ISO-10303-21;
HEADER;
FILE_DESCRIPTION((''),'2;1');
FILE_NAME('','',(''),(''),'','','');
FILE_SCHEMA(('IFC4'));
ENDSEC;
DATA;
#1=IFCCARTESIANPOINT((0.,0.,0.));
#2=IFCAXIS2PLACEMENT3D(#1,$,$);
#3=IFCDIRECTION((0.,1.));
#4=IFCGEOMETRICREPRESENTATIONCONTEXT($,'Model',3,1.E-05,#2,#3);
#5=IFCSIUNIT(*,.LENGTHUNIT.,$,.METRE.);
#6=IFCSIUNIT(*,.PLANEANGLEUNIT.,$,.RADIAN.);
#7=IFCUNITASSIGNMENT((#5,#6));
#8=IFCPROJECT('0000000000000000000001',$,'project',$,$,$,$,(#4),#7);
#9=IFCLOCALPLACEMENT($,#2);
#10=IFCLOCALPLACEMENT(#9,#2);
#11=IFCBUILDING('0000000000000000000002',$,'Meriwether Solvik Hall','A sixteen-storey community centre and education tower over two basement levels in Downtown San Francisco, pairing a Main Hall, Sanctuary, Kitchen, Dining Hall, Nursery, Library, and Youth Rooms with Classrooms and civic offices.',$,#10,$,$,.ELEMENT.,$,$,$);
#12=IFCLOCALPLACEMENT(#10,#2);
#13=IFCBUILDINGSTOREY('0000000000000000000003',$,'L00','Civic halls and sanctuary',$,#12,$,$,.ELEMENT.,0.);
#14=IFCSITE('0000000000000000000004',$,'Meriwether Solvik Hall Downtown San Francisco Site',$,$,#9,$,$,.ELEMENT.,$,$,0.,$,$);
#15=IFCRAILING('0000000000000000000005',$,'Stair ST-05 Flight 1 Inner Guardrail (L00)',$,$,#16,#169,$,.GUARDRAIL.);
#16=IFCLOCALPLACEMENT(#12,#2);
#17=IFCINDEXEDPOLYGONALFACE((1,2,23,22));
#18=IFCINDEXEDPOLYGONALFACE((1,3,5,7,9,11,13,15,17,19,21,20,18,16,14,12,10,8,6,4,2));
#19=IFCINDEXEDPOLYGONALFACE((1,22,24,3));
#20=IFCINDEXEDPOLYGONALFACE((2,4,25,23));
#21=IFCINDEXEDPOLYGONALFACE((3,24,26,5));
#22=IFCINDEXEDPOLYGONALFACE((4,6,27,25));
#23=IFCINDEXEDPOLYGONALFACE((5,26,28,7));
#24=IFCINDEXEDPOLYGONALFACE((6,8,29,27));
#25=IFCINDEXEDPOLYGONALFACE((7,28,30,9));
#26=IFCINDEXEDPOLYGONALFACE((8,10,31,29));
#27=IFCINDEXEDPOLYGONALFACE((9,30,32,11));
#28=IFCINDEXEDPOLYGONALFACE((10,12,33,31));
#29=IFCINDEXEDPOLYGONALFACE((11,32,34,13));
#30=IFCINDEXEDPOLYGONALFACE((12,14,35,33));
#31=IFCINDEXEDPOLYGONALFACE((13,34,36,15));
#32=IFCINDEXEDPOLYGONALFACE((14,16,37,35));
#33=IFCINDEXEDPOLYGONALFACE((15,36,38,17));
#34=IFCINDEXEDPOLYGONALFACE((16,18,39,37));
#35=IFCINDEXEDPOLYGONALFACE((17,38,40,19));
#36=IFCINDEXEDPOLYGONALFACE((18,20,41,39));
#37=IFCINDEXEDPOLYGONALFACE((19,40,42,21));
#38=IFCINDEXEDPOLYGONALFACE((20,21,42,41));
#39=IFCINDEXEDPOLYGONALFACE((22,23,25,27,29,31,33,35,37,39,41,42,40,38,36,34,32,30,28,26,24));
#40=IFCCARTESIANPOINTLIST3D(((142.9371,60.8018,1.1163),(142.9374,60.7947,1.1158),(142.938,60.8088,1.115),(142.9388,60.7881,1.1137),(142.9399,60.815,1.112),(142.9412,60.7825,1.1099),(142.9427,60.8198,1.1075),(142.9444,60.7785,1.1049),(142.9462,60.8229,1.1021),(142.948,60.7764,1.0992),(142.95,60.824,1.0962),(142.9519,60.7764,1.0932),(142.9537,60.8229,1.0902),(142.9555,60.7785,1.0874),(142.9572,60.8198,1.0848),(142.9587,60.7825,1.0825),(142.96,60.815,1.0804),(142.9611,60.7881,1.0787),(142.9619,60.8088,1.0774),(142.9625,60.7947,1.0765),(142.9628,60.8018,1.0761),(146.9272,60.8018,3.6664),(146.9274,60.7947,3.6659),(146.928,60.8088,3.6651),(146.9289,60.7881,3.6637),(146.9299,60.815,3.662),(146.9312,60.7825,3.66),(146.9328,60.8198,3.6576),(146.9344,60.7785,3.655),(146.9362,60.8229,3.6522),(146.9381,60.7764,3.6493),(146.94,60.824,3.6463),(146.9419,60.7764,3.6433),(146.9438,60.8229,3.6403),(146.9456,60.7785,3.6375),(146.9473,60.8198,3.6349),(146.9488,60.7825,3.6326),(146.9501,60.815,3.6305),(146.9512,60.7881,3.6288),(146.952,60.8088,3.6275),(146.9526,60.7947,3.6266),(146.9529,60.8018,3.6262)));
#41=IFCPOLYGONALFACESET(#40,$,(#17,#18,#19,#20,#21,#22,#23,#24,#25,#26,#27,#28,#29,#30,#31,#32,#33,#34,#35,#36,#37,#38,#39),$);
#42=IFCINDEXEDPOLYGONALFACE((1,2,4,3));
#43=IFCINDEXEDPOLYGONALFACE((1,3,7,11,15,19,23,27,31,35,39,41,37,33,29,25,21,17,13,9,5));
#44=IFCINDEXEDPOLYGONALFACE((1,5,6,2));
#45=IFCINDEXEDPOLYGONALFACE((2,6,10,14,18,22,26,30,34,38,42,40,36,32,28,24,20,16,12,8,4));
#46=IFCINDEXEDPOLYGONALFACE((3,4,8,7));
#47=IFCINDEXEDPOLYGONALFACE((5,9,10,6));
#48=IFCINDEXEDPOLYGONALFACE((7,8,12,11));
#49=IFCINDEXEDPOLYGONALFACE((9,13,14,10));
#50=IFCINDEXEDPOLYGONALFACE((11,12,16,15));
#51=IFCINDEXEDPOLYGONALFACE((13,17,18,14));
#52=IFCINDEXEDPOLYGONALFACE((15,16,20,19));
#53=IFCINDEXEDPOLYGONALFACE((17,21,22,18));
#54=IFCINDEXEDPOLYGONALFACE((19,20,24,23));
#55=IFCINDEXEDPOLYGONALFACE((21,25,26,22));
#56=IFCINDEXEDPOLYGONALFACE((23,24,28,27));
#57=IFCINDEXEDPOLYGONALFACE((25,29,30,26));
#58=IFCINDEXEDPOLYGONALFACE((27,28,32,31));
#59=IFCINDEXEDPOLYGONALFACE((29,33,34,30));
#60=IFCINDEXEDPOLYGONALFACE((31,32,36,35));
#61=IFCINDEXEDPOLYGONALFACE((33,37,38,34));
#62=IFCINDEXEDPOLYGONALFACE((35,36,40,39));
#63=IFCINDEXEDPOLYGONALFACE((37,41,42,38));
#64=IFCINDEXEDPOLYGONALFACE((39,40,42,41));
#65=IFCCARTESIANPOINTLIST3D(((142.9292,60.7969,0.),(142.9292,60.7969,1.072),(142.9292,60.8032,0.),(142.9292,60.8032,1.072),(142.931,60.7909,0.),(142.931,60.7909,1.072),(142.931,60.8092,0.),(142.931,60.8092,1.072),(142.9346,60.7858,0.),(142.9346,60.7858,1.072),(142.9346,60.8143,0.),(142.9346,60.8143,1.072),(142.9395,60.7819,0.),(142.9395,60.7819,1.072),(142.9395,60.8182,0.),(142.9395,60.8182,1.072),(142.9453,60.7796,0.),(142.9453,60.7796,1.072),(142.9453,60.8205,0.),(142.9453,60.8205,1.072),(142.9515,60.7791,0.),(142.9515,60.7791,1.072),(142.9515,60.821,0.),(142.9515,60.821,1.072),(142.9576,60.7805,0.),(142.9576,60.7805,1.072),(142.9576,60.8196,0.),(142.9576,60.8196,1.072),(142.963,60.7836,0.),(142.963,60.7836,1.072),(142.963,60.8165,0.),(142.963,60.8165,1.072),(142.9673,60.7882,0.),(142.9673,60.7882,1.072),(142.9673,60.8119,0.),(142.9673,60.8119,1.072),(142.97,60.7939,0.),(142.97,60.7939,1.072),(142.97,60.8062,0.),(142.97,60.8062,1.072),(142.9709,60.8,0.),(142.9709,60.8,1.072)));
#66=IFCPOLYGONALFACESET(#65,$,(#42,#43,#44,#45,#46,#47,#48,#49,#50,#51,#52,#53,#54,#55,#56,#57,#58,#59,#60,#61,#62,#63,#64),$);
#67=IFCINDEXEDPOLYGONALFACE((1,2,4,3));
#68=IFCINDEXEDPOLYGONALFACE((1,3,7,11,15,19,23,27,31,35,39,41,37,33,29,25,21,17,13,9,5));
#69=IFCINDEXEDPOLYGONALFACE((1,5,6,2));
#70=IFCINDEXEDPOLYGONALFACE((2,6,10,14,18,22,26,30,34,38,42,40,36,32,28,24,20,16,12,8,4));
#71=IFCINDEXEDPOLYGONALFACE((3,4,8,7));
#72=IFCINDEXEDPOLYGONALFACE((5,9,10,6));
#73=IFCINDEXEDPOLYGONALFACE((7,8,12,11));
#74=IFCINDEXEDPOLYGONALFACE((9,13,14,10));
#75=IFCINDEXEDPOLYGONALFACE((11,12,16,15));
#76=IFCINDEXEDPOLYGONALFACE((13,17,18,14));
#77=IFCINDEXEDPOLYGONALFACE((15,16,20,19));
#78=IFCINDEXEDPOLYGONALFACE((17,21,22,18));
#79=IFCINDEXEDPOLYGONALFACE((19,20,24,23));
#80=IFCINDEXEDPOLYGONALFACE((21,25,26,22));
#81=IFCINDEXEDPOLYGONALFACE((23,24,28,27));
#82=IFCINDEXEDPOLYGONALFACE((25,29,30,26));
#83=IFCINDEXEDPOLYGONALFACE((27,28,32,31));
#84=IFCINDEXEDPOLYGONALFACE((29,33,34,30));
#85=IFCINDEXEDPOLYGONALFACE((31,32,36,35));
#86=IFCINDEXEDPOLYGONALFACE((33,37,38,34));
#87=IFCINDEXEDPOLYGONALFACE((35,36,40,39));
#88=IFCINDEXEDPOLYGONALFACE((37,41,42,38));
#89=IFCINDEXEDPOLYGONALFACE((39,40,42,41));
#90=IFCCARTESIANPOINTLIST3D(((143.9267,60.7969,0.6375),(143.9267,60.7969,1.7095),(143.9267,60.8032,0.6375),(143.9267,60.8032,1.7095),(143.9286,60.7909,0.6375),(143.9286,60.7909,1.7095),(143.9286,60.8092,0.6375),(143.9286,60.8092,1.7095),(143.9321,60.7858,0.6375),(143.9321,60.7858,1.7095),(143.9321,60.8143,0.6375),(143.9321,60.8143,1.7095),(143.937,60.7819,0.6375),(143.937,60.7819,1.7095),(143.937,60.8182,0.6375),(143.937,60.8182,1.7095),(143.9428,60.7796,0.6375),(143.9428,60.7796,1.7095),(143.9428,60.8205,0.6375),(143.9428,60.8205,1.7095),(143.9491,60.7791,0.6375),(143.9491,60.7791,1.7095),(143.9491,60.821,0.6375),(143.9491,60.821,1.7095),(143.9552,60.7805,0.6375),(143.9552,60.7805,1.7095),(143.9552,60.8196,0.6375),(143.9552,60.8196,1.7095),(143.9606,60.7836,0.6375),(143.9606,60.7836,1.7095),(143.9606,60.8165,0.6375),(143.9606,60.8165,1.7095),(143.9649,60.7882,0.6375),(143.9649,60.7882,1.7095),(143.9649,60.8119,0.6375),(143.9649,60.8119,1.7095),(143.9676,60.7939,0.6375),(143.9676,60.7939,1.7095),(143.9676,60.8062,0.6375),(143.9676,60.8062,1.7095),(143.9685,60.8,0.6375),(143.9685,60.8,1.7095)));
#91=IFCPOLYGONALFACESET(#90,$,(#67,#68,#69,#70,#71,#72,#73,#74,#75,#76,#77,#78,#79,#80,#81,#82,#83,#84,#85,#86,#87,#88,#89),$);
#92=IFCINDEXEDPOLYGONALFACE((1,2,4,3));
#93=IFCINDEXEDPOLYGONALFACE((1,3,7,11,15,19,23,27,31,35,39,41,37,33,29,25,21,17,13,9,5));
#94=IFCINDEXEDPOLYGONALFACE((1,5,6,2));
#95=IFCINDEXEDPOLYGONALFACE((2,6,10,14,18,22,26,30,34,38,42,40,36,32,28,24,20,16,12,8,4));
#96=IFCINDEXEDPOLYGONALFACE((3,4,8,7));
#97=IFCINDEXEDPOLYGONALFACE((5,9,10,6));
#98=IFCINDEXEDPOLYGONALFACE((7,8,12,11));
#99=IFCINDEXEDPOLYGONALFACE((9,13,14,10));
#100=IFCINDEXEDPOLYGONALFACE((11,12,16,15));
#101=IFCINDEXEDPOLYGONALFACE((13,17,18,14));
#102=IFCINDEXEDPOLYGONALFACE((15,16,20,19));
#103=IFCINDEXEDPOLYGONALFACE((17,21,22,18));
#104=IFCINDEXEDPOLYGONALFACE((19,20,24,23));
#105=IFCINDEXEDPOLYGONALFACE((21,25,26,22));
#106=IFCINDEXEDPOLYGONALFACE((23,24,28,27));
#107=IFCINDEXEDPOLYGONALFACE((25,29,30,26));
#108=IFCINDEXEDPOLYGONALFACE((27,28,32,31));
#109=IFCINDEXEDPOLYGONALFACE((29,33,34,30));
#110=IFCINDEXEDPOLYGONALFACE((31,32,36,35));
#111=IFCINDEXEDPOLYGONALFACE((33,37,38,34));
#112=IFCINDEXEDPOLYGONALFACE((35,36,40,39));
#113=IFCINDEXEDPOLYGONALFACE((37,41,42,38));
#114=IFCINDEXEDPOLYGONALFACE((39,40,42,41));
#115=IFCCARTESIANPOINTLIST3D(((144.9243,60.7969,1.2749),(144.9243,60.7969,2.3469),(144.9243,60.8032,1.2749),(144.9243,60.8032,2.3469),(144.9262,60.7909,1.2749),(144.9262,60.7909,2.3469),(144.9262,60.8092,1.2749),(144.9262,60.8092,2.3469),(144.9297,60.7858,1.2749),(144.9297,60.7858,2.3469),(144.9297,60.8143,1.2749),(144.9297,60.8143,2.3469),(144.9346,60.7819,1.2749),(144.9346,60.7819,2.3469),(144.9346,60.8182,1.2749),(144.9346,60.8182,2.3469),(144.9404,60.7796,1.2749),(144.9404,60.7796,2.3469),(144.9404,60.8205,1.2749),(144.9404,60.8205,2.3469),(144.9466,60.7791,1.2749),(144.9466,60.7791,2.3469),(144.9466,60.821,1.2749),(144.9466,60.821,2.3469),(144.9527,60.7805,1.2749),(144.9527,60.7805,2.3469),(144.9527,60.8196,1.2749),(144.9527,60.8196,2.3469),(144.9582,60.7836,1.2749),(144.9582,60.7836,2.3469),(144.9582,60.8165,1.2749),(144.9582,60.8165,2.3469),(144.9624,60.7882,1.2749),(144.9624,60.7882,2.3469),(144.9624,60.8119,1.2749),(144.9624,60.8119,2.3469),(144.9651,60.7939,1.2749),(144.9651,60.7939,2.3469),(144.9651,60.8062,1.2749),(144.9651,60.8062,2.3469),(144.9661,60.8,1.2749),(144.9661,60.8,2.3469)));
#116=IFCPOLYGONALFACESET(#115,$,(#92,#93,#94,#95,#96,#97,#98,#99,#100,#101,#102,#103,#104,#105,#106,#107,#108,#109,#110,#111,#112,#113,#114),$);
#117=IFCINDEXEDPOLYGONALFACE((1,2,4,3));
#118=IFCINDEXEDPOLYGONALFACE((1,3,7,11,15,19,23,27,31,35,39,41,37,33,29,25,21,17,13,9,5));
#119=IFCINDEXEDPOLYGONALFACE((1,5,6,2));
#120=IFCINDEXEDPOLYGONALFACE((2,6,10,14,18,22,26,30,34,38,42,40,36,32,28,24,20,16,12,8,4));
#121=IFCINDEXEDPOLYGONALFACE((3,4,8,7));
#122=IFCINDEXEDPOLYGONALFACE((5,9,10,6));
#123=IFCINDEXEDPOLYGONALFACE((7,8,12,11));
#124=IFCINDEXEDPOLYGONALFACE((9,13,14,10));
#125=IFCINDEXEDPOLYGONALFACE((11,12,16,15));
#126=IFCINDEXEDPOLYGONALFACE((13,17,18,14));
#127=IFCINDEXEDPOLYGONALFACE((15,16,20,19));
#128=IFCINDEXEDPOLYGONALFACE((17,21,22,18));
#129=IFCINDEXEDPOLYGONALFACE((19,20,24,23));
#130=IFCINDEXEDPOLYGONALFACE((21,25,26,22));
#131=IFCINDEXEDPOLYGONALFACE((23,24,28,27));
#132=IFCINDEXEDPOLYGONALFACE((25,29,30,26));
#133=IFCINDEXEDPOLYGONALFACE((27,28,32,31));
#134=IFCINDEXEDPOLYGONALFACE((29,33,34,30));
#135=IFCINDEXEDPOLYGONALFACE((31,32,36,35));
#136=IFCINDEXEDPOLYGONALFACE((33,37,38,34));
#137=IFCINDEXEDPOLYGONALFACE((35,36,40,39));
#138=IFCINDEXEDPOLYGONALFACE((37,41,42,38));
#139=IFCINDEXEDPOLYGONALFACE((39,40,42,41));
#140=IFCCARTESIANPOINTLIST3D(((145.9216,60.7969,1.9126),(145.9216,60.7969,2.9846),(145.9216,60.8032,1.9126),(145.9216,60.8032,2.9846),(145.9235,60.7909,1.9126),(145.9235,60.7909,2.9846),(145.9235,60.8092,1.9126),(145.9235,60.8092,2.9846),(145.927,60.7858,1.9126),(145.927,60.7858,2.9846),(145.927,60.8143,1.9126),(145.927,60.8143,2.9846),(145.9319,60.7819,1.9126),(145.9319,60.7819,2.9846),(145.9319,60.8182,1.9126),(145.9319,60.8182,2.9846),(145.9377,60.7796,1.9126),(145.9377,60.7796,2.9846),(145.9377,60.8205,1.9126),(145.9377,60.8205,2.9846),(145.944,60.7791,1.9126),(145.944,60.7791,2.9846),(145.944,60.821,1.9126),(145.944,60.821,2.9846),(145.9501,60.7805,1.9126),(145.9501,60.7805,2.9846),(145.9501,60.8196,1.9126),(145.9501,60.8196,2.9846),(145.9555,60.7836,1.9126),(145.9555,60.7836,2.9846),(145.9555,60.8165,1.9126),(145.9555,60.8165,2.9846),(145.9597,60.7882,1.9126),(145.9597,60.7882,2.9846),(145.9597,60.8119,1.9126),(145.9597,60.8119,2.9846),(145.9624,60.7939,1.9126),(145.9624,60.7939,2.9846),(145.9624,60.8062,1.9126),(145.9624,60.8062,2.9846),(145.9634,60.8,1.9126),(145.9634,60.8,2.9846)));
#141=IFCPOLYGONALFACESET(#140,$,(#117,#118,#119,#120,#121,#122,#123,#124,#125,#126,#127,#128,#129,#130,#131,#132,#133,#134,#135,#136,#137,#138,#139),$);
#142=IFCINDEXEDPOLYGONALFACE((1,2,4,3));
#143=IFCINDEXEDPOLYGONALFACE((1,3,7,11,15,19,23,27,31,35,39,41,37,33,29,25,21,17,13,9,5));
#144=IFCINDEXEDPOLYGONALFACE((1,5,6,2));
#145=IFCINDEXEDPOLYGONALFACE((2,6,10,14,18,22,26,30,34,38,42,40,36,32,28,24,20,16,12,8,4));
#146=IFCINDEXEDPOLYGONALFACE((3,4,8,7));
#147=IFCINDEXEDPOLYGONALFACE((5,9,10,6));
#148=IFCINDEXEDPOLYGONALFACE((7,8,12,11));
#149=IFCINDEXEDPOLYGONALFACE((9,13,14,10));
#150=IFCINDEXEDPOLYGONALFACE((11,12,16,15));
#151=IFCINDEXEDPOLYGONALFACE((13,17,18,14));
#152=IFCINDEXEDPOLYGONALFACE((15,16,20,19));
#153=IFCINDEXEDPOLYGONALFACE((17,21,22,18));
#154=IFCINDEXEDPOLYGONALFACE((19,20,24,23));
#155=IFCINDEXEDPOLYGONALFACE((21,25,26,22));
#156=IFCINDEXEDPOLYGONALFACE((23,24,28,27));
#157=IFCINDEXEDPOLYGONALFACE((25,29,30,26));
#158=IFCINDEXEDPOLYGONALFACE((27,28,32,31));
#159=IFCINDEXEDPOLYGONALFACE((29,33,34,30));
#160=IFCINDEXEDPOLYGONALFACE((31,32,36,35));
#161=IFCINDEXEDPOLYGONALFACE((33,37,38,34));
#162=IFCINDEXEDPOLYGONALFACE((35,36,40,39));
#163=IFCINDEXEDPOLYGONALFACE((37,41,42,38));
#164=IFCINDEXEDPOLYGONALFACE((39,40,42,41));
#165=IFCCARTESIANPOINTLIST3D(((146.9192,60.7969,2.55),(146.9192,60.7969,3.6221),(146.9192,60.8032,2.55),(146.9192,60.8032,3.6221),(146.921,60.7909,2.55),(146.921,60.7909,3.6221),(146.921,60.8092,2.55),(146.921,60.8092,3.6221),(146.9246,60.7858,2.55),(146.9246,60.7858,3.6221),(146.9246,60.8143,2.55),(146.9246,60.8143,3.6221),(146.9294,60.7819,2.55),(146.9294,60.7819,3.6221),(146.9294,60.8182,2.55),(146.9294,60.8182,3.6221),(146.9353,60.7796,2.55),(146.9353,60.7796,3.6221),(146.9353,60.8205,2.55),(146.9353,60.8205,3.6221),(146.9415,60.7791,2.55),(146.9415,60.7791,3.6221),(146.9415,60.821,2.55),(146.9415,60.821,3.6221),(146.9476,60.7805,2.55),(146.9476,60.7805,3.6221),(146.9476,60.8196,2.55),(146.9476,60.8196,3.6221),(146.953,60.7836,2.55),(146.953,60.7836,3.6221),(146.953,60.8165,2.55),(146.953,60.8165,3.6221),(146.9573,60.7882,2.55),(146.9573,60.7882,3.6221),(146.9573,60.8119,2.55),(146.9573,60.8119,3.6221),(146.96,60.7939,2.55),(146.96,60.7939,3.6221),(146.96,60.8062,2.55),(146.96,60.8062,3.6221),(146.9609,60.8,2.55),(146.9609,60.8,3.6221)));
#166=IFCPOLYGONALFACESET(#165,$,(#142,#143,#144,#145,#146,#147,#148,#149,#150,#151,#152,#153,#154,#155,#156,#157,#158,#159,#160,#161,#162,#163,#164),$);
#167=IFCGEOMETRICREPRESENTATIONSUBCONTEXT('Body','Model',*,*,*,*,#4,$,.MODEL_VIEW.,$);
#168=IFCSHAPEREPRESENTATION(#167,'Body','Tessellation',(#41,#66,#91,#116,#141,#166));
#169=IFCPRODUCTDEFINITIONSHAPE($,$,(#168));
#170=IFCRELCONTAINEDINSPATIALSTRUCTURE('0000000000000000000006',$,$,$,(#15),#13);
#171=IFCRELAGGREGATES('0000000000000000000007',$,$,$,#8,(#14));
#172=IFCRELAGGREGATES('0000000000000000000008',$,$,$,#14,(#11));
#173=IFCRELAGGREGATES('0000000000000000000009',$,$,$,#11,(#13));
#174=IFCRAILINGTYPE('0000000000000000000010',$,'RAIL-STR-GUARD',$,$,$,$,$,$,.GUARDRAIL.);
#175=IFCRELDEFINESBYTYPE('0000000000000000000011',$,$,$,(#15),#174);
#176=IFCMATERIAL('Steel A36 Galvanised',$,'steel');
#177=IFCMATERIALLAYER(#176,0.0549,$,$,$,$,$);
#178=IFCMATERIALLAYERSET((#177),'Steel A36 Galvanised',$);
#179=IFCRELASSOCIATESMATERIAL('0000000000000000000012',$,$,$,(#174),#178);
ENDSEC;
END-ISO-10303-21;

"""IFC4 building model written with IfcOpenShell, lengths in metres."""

from ifc_helpers import new_model, si_unit, direction, frame, origin, origin_2d, place, context, subcontext, project, spatial, circle, extrude, material, layer, layer_set, type_object, element, save


model = new_model("IFC4")

# Units and contexts
model_context = context("Model", 3, precision=1e-05, world=origin(), true_north=direction((0.0, 1.0)))
body_context = subcontext(model_context, "Body", "Model", "MODEL_VIEW")
ifc_project = project(units=[si_unit("LENGTHUNIT", "METRE"), si_unit("PLANEANGLEUNIT", "RADIAN")], contexts=[model_context])

# Site, building, storey
site_placement = place(None, origin())
site = spatial("IfcSite", under=ifc_project, at=site_placement, Name="Meriwether Solvik Hall Downtown San Francisco Site", CompositionType="ELEMENT", RefElevation=0.0)
building_placement = place(site_placement, origin())
building = spatial("IfcBuilding", under=site, at=building_placement, Name="Meriwether Solvik Hall", Description="A sixteen-storey community centre and education tower over two basement levels in Downtown San Francisco, pairing a Main Hall, Sanctuary, Kitchen, Dining Hall, Nursery, Library, and Youth Rooms with Classrooms and civic offices.", CompositionType="ELEMENT")
storey_placement = place(building_placement, origin())
storey = spatial("IfcBuildingStorey", under=building, at=storey_placement, Name="L00", Description="Civic halls and sanctuary", CompositionType="ELEMENT", Elevation=0.0)

# Railing
ifc_material_1 = material(Name="Steel A36 Galvanised", Category="steel")
ifc_layer_1 = layer(ifc_material_1, 0.0549)
ifc_layer_set_1 = layer_set([ifc_layer_1], Name="Steel A36 Galvanised")
railing_type_1 = type_object("IfcRailingType", Name="RAIL-STR-GUARD", PredefinedType="GUARDRAIL", material=ifc_layer_set_1)
railing_1_placement = place(storey_placement, frame((142.95, 60.8, 0.0)))
element("IfcRailing", 1, at=railing_1_placement, inside=storey, type_object=railing_type_1, Name="Stair ST-05 Flight 1 Inner Guardrail (L00)", PredefinedType="GUARDRAIL", context=body_context, shape_type="SweptSolid", body=[
    extrude(circle(Radius=0.0239, at=origin_2d()), frame((0.0, 0.0, 1.0962), z_axis=(0.842611, 0.0, 0.538523), x_axis=(0.0, 1.0, 0.0)), (0.0, 0.0, 1.0), 4.7354),
    extrude(circle(Radius=0.021, at=origin_2d()), origin(), (0.0, 0.0, 1.0), 1.072),
    extrude(circle(Radius=0.021, at=origin_2d()), frame((0.9976, 0.0, 0.6375)), (0.0, 0.0, 1.0), 1.072),
    extrude(circle(Radius=0.021, at=origin_2d()), frame((1.9951, 0.0, 1.2749)), (0.0, 0.0, 1.0), 1.072),
    extrude(circle(Radius=0.021, at=origin_2d()), frame((2.9924, 0.0, 1.9126)), (0.0, 0.0, 1.0), 1.072),
    extrude(circle(Radius=0.021, at=origin_2d()), frame((3.99, 0.0, 2.55)), (0.0, 0.0, 1.0), 1.072),
])

save(model, "model.ifc")
